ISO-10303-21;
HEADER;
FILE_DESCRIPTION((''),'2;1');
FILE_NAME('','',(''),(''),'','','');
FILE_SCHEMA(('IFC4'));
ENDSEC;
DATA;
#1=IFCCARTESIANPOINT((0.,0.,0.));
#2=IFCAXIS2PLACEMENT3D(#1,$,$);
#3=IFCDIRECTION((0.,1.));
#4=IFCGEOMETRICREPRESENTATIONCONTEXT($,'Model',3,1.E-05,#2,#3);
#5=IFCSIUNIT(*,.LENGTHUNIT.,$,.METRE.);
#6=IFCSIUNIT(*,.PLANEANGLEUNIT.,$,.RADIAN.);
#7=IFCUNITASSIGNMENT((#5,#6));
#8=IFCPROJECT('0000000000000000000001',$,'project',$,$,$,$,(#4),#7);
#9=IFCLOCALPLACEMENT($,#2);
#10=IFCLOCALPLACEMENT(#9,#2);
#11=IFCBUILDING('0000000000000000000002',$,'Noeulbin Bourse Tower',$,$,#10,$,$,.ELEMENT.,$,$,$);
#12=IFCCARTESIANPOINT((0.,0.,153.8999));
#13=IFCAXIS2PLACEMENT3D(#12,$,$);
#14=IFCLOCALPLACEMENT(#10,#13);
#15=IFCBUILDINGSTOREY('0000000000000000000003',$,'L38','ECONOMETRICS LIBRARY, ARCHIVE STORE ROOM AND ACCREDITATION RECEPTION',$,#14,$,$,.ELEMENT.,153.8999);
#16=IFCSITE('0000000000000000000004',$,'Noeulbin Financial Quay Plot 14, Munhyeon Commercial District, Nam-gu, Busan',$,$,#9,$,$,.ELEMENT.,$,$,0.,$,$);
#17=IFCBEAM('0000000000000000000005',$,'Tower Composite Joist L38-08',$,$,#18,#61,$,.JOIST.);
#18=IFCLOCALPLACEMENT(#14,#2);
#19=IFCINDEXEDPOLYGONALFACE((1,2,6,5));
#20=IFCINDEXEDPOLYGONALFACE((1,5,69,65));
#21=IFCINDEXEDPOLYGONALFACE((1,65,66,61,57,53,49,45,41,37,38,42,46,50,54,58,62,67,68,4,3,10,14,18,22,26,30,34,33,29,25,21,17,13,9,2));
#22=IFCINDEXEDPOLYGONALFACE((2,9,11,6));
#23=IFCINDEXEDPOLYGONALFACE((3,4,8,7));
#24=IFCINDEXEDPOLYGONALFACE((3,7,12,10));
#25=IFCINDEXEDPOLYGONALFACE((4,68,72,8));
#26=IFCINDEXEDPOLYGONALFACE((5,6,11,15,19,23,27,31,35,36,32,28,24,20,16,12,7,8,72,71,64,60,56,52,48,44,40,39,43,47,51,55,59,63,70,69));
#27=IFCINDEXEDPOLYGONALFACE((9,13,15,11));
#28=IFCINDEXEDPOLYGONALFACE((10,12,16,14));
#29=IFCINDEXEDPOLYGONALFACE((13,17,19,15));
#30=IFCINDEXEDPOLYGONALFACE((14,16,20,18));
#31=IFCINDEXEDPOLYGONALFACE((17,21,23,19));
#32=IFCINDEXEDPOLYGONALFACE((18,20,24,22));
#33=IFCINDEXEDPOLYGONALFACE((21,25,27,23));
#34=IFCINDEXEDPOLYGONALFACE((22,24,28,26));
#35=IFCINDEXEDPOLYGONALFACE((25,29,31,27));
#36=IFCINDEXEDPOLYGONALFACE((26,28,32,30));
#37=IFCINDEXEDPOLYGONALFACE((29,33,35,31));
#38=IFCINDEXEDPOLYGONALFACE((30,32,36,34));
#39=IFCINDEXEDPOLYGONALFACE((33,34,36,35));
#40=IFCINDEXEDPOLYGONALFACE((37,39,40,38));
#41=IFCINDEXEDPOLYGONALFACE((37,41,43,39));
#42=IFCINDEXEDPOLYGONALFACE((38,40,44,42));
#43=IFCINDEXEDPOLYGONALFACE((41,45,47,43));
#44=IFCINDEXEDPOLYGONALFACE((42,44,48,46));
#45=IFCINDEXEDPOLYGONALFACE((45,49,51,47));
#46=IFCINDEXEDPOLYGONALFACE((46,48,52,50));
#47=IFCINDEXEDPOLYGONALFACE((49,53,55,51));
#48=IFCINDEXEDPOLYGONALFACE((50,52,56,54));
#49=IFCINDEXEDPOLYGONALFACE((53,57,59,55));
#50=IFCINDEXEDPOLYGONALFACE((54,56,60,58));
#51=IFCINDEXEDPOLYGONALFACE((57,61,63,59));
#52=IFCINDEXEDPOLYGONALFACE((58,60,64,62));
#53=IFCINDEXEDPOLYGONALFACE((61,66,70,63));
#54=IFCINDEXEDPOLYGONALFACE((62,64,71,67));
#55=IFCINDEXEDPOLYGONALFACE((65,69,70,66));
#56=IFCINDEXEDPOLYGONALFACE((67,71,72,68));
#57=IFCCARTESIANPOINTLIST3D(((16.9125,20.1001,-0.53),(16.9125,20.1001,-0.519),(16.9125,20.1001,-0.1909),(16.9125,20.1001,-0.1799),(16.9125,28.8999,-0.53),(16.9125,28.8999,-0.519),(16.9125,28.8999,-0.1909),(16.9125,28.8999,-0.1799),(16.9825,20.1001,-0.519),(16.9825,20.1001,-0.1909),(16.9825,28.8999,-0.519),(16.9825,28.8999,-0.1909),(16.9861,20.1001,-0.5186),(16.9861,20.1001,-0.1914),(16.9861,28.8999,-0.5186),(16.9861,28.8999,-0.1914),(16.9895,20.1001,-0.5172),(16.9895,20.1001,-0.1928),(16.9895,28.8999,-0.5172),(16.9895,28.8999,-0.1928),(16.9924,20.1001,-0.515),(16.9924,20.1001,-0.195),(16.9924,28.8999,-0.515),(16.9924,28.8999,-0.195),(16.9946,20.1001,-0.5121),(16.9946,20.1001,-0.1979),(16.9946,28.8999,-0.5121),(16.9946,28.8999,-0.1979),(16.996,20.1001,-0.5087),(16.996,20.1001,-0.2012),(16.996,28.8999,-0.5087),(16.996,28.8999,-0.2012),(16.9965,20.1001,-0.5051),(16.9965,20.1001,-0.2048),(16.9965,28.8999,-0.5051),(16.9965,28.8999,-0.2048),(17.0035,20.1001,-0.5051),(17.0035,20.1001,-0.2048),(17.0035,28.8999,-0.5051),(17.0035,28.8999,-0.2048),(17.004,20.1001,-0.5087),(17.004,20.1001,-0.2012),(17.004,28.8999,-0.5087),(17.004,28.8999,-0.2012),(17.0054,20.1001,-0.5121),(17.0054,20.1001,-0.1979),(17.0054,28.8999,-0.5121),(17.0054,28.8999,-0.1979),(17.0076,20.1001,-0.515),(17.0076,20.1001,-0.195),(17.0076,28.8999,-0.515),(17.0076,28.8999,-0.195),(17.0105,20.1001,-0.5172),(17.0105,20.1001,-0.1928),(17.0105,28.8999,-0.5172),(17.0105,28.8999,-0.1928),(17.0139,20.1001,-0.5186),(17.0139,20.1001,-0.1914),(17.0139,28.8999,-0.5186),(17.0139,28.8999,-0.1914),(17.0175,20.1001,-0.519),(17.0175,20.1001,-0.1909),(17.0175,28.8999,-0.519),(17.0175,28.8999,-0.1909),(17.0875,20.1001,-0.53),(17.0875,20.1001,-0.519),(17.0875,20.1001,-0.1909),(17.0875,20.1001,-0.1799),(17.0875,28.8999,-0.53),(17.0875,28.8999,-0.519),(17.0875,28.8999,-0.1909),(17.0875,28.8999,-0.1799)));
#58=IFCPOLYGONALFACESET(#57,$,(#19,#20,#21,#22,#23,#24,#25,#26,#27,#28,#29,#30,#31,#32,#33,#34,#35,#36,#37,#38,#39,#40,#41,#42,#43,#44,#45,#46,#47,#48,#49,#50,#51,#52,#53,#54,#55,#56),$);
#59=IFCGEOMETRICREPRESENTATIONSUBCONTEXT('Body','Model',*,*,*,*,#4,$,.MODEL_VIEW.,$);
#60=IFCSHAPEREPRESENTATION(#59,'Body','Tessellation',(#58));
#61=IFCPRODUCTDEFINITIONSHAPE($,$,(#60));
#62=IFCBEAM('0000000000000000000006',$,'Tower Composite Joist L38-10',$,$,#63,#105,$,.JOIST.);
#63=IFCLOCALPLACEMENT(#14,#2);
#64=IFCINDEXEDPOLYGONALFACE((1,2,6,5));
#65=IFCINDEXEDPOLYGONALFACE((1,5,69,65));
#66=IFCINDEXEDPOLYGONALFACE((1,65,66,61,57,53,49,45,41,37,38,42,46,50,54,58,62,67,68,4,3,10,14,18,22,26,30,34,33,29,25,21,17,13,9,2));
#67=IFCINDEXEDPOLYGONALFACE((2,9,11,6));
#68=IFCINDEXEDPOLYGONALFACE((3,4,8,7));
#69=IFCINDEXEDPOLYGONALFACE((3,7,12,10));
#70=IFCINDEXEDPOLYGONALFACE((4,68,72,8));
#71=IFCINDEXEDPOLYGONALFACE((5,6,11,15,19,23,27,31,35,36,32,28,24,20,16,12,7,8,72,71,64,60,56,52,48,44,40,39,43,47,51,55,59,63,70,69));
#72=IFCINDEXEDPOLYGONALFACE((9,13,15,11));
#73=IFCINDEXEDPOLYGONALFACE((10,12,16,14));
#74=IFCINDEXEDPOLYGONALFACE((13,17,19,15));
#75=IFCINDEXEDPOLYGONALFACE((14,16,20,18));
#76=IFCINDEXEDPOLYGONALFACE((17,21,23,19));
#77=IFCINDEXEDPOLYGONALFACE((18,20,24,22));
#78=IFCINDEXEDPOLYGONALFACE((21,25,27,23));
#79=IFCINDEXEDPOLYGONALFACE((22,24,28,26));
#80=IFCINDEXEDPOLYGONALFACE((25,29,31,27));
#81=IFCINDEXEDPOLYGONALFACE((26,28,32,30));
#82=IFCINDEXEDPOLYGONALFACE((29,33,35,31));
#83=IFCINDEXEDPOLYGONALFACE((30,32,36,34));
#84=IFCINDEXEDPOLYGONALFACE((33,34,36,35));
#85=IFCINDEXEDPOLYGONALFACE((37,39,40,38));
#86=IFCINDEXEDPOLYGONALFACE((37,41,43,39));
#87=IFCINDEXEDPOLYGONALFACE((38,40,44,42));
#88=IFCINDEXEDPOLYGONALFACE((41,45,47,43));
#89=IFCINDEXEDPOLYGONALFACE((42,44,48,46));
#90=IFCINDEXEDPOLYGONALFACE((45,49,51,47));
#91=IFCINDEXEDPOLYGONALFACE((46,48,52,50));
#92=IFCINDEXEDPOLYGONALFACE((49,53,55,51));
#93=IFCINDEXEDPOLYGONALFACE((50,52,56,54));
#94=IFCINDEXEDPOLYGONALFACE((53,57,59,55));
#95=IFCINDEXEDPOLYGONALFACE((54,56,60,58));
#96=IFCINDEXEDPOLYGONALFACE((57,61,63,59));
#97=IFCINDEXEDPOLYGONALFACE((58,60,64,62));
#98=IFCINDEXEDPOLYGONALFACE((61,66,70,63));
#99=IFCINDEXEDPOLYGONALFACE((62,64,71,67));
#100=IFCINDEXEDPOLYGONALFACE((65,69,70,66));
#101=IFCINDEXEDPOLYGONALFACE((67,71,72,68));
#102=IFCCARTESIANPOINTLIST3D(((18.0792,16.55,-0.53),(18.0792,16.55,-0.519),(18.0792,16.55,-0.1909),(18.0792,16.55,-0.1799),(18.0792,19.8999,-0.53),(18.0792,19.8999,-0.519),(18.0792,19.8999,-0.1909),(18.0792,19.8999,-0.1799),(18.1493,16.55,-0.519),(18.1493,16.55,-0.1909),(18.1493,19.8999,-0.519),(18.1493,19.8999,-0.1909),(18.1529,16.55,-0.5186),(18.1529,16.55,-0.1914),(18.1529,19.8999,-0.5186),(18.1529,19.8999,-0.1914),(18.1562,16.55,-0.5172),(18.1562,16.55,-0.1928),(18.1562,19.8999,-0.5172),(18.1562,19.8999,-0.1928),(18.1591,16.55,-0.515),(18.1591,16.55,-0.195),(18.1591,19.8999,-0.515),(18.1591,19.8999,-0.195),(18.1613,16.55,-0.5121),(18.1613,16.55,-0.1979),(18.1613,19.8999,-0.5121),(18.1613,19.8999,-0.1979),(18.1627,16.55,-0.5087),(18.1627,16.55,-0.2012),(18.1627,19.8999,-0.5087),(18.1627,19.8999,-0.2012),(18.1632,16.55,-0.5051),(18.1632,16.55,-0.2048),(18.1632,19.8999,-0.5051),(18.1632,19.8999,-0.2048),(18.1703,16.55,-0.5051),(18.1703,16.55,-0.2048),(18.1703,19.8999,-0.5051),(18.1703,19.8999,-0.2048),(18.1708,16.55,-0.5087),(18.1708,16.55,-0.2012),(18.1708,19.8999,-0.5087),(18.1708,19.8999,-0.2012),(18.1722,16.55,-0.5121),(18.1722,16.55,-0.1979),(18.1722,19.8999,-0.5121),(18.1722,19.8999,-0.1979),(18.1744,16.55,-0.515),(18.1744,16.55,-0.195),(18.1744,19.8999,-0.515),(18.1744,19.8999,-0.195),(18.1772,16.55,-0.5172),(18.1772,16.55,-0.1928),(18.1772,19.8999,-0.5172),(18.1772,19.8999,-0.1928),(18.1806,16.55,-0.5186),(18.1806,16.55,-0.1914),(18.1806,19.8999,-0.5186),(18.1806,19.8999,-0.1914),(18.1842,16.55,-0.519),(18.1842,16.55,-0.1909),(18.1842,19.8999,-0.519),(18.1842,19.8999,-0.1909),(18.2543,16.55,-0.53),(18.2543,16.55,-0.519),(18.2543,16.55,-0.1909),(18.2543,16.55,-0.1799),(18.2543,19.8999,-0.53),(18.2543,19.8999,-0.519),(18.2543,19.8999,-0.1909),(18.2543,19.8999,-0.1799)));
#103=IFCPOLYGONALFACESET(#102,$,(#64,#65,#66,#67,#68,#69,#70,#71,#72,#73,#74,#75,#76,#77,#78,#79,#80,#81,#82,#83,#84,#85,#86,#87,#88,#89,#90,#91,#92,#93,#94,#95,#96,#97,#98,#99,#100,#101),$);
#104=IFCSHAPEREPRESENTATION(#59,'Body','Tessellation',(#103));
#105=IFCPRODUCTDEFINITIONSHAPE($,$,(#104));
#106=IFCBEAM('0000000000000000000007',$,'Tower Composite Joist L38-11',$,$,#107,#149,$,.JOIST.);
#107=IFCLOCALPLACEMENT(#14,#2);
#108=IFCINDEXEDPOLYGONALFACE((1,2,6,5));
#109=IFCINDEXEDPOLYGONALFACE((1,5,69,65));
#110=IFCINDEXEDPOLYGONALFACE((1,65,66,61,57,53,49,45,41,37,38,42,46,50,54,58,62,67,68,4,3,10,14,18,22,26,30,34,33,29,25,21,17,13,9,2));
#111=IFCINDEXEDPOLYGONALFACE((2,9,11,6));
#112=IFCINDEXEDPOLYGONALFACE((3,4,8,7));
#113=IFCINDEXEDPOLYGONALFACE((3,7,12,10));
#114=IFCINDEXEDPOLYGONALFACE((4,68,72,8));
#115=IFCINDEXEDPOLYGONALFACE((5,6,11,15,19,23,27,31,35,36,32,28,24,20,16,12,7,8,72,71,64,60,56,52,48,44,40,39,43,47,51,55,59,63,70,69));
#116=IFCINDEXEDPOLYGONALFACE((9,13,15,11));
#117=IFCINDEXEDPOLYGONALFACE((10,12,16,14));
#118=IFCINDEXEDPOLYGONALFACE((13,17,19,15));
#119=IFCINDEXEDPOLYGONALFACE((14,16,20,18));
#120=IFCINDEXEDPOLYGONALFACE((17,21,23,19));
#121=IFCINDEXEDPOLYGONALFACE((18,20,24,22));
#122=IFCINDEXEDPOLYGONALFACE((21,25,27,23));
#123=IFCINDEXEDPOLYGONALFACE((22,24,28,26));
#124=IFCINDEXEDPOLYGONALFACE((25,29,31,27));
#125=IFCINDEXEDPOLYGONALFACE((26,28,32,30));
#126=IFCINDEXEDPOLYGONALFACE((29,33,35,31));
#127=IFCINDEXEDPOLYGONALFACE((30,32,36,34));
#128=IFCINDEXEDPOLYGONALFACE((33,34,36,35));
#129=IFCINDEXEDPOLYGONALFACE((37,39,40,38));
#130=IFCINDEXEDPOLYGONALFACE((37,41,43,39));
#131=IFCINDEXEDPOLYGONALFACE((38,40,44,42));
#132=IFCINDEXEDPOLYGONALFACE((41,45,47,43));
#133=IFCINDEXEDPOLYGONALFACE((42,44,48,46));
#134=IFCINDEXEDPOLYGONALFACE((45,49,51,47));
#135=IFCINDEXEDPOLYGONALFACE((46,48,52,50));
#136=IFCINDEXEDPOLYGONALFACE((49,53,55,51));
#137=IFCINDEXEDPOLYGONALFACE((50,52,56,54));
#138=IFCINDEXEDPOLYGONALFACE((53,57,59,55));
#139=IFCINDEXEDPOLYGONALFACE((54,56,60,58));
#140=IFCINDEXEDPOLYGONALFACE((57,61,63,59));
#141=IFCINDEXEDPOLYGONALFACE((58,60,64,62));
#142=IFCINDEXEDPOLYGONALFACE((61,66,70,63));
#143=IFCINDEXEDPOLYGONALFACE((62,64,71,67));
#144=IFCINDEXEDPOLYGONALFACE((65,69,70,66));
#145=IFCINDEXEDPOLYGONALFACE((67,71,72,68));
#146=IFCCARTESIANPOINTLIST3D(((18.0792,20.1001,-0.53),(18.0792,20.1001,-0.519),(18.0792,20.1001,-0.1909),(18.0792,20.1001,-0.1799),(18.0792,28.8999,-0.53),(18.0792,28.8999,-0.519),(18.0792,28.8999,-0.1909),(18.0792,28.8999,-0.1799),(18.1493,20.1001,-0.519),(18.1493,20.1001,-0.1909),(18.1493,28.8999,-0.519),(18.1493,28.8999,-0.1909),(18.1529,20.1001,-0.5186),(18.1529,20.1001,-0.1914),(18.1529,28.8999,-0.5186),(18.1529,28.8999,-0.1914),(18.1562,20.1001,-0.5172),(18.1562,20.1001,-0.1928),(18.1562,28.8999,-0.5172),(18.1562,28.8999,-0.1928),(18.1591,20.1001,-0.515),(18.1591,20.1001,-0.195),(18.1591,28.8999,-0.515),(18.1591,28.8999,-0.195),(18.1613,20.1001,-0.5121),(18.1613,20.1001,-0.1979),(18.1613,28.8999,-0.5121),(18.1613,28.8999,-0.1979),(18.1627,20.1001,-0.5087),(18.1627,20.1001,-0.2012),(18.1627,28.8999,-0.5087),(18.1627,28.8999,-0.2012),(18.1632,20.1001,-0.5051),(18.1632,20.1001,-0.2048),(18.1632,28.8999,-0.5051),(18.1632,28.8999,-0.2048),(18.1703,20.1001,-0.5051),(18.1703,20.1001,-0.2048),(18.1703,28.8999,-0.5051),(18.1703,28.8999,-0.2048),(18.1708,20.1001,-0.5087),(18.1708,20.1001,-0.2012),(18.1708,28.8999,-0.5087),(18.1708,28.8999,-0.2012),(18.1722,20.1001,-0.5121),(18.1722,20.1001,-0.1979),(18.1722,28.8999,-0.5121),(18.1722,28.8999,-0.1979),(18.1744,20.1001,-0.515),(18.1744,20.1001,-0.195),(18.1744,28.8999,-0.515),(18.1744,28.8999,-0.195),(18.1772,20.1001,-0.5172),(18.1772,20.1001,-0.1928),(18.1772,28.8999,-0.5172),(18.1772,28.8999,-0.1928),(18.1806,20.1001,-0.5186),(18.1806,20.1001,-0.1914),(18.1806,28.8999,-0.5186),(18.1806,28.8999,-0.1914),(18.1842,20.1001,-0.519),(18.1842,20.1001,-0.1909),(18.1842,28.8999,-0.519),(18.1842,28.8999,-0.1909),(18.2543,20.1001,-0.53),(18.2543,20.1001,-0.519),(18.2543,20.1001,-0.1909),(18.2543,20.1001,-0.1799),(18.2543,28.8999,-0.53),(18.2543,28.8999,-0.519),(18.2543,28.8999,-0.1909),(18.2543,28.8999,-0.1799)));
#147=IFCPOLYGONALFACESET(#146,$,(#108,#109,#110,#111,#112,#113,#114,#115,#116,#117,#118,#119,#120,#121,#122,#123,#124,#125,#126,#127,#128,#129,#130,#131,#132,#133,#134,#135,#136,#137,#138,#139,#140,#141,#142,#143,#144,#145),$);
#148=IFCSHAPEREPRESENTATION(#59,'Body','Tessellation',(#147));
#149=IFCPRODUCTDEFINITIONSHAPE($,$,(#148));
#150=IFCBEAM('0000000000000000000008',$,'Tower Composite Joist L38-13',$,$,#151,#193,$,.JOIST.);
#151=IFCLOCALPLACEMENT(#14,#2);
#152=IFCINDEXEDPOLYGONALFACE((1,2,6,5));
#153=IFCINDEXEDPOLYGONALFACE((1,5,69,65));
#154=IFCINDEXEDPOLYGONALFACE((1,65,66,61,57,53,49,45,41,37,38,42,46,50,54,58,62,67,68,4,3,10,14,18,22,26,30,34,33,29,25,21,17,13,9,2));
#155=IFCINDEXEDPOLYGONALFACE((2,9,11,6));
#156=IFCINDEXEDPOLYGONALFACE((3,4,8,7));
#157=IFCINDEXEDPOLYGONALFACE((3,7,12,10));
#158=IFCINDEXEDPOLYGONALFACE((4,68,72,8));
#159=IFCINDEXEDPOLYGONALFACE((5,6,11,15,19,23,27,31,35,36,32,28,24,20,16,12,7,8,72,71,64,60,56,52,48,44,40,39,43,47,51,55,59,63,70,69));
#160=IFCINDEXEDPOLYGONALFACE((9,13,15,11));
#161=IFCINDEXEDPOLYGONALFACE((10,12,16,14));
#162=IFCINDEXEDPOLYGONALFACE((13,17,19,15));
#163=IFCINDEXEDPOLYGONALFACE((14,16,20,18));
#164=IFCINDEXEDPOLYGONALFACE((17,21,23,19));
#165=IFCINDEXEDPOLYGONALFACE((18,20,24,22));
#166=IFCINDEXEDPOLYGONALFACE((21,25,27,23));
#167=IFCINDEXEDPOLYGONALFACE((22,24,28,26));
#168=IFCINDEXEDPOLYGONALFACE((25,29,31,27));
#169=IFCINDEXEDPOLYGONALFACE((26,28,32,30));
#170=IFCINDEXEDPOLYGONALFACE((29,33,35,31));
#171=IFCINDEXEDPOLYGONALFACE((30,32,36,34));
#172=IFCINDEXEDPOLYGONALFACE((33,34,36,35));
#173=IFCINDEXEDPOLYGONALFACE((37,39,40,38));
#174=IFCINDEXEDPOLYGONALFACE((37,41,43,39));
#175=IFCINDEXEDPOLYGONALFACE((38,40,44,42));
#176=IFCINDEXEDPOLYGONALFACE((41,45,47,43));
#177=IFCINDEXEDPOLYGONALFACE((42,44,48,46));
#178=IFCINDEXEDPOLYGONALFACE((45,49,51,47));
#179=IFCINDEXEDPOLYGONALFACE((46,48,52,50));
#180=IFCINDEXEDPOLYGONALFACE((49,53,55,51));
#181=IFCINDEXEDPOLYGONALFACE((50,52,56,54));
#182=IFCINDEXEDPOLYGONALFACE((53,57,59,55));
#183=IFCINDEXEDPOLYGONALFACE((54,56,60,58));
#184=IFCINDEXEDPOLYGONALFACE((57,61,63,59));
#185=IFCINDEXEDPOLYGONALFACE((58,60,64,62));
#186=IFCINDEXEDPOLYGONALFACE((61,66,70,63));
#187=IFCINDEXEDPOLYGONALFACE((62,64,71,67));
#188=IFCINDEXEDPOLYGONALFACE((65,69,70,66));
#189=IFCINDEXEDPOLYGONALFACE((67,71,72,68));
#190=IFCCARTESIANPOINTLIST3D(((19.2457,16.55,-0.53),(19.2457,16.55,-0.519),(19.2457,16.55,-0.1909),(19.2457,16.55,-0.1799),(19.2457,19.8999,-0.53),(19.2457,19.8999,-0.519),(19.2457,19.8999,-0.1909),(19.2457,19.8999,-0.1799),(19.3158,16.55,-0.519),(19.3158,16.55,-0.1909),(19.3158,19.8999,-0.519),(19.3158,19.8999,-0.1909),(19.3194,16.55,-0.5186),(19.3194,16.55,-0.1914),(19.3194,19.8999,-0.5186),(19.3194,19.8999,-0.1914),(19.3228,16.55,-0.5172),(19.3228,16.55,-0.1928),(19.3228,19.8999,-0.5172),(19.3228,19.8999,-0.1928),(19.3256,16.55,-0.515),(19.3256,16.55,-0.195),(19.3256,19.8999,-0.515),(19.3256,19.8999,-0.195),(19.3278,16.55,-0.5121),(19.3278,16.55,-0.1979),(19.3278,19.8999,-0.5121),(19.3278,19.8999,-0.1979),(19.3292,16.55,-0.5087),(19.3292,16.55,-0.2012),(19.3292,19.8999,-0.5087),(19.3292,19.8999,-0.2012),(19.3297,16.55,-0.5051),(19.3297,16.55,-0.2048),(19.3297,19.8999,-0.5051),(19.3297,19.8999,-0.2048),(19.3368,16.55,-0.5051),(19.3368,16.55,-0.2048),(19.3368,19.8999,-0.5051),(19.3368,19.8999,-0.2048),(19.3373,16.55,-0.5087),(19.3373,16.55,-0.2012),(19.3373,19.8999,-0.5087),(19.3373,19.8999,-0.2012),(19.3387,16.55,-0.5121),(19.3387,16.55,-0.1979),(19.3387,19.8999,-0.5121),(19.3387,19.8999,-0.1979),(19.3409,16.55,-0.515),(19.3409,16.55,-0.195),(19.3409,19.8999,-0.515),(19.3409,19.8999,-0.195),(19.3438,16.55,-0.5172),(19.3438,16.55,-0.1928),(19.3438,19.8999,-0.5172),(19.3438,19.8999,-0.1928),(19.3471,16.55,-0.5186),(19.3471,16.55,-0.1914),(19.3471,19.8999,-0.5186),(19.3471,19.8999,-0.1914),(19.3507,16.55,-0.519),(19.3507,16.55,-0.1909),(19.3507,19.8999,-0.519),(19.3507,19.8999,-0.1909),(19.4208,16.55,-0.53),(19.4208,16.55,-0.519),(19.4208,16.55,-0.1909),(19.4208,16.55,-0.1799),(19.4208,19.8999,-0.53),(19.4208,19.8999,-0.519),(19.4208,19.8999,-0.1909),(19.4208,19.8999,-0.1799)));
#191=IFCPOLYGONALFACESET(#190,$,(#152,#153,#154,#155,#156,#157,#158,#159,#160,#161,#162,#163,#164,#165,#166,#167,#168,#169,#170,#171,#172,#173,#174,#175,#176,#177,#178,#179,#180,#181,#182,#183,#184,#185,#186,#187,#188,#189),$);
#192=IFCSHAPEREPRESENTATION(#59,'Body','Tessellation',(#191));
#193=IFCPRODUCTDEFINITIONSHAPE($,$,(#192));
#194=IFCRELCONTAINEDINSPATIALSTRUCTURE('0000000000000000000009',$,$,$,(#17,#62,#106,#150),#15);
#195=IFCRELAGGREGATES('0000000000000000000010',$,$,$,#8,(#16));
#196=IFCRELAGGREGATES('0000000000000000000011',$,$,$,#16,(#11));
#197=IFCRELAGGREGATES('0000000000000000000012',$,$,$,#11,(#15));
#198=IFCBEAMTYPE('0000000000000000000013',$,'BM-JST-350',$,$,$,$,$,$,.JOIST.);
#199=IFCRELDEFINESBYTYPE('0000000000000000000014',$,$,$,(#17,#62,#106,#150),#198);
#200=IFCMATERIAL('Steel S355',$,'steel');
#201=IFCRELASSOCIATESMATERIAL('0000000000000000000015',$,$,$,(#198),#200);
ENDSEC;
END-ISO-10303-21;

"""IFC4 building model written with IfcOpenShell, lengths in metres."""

from ifc_helpers import new_model, si_unit, direction, frame, origin, origin_2d, place, context, subcontext, project, spatial, i_section, extrude, material, material_profile, profile_set, type_object, element, save


model = new_model("IFC4")

# Units and contexts
model_context = context("Model", 3, precision=1e-05, world=origin(), true_north=direction((0.0, 1.0)))
body_context = subcontext(model_context, "Body", "Model", "MODEL_VIEW")
ifc_project = project(units=[si_unit("LENGTHUNIT", "METRE"), si_unit("PLANEANGLEUNIT", "RADIAN")], contexts=[model_context])

# Site, building, storey
site_placement = place(None, origin())
site = spatial("IfcSite", under=ifc_project, at=site_placement, Name="Noeulbin Financial Quay Plot 14, Munhyeon Commercial District, Nam-gu, Busan", CompositionType="ELEMENT", RefElevation=0.0)
building_placement = place(site_placement, origin())
building = spatial("IfcBuilding", under=site, at=building_placement, Name="Noeulbin Bourse Tower", CompositionType="ELEMENT")
storey_placement = place(building_placement, frame((0.0, 0.0, 153.8999)))
storey = spatial("IfcBuildingStorey", under=building, at=storey_placement, Name="L38", Description="ECONOMETRICS LIBRARY, ARCHIVE STORE ROOM AND ACCREDITATION RECEPTION", CompositionType="ELEMENT", Elevation=153.8999)

# Shared definitions
ifc_material_1 = material(Name="Steel S355", Category="steel")

# Beams
ifc_material_profile_1 = material_profile(ifc_material_1, i_section(OverallWidth=0.175, OverallDepth=0.3501, WebThickness=0.0071, FlangeThickness=0.011, FilletRadius=0.0139, at=origin_2d()), Name="H-350x175x7x11", Category="LoadBearing")
ifc_profile_set_1 = profile_set([ifc_material_profile_1], Name="Steel S355")
beam_type_1 = type_object("IfcBeamType", Name="BM-JST-350", PredefinedType="JOIST", material=ifc_profile_set_1)
beam_1_placement = place(storey_placement, frame((17.0, 20.1001, -0.355), z_axis=(0.0, 1.0, 0.0), x_axis=(-1.0, 0.0, 0.0)))
element("IfcBeam", 1, at=beam_1_placement, inside=storey, type_object=beam_type_1, Name="Tower Composite Joist L38-08", PredefinedType="JOIST", context=body_context, shape_type="SweptSolid", body=[
    extrude(i_section(OverallWidth=0.175, OverallDepth=0.3501, WebThickness=0.0071, FlangeThickness=0.011, FilletRadius=0.0139, at=origin_2d()), origin(), (0.0, 0.0, 1.0), 8.7998),
])
beam_2_placement = place(storey_placement, frame((18.1667, 16.55, -0.355), z_axis=(0.0, 1.0, 0.0), x_axis=(-1.0, 0.0, 0.0)))
element("IfcBeam", 2, at=beam_2_placement, inside=storey, type_object=beam_type_1, Name="Tower Composite Joist L38-10", PredefinedType="JOIST", context=body_context, shape_type="SweptSolid", body=[
    extrude(i_section(OverallWidth=0.175, OverallDepth=0.3501, WebThickness=0.0071, FlangeThickness=0.011, FilletRadius=0.0139, at=origin_2d()), origin(), (0.0, 0.0, 1.0), 3.3499),
])
beam_3_placement = place(storey_placement, frame((18.1667, 20.1001, -0.355), z_axis=(0.0, 1.0, 0.0), x_axis=(-1.0, 0.0, 0.0)))
element("IfcBeam", 3, at=beam_3_placement, inside=storey, type_object=beam_type_1, Name="Tower Composite Joist L38-11", PredefinedType="JOIST", context=body_context, shape_type="SweptSolid", body=[
    extrude(i_section(OverallWidth=0.175, OverallDepth=0.3501, WebThickness=0.0071, FlangeThickness=0.011, FilletRadius=0.0139, at=origin_2d()), origin(), (0.0, 0.0, 1.0), 8.7998),
])
beam_4_placement = place(storey_placement, frame((19.3333, 16.55, -0.355), z_axis=(0.0, 1.0, 0.0), x_axis=(-1.0, 0.0, 0.0)))
element("IfcBeam", 4, at=beam_4_placement, inside=storey, type_object=beam_type_1, Name="Tower Composite Joist L38-13", PredefinedType="JOIST", context=body_context, shape_type="SweptSolid", body=[
    extrude(i_section(OverallWidth=0.175, OverallDepth=0.3501, WebThickness=0.0071, FlangeThickness=0.011, FilletRadius=0.0139, at=origin_2d()), origin(), (0.0, 0.0, 1.0), 3.3499),
])

save(model, "model.ifc")
